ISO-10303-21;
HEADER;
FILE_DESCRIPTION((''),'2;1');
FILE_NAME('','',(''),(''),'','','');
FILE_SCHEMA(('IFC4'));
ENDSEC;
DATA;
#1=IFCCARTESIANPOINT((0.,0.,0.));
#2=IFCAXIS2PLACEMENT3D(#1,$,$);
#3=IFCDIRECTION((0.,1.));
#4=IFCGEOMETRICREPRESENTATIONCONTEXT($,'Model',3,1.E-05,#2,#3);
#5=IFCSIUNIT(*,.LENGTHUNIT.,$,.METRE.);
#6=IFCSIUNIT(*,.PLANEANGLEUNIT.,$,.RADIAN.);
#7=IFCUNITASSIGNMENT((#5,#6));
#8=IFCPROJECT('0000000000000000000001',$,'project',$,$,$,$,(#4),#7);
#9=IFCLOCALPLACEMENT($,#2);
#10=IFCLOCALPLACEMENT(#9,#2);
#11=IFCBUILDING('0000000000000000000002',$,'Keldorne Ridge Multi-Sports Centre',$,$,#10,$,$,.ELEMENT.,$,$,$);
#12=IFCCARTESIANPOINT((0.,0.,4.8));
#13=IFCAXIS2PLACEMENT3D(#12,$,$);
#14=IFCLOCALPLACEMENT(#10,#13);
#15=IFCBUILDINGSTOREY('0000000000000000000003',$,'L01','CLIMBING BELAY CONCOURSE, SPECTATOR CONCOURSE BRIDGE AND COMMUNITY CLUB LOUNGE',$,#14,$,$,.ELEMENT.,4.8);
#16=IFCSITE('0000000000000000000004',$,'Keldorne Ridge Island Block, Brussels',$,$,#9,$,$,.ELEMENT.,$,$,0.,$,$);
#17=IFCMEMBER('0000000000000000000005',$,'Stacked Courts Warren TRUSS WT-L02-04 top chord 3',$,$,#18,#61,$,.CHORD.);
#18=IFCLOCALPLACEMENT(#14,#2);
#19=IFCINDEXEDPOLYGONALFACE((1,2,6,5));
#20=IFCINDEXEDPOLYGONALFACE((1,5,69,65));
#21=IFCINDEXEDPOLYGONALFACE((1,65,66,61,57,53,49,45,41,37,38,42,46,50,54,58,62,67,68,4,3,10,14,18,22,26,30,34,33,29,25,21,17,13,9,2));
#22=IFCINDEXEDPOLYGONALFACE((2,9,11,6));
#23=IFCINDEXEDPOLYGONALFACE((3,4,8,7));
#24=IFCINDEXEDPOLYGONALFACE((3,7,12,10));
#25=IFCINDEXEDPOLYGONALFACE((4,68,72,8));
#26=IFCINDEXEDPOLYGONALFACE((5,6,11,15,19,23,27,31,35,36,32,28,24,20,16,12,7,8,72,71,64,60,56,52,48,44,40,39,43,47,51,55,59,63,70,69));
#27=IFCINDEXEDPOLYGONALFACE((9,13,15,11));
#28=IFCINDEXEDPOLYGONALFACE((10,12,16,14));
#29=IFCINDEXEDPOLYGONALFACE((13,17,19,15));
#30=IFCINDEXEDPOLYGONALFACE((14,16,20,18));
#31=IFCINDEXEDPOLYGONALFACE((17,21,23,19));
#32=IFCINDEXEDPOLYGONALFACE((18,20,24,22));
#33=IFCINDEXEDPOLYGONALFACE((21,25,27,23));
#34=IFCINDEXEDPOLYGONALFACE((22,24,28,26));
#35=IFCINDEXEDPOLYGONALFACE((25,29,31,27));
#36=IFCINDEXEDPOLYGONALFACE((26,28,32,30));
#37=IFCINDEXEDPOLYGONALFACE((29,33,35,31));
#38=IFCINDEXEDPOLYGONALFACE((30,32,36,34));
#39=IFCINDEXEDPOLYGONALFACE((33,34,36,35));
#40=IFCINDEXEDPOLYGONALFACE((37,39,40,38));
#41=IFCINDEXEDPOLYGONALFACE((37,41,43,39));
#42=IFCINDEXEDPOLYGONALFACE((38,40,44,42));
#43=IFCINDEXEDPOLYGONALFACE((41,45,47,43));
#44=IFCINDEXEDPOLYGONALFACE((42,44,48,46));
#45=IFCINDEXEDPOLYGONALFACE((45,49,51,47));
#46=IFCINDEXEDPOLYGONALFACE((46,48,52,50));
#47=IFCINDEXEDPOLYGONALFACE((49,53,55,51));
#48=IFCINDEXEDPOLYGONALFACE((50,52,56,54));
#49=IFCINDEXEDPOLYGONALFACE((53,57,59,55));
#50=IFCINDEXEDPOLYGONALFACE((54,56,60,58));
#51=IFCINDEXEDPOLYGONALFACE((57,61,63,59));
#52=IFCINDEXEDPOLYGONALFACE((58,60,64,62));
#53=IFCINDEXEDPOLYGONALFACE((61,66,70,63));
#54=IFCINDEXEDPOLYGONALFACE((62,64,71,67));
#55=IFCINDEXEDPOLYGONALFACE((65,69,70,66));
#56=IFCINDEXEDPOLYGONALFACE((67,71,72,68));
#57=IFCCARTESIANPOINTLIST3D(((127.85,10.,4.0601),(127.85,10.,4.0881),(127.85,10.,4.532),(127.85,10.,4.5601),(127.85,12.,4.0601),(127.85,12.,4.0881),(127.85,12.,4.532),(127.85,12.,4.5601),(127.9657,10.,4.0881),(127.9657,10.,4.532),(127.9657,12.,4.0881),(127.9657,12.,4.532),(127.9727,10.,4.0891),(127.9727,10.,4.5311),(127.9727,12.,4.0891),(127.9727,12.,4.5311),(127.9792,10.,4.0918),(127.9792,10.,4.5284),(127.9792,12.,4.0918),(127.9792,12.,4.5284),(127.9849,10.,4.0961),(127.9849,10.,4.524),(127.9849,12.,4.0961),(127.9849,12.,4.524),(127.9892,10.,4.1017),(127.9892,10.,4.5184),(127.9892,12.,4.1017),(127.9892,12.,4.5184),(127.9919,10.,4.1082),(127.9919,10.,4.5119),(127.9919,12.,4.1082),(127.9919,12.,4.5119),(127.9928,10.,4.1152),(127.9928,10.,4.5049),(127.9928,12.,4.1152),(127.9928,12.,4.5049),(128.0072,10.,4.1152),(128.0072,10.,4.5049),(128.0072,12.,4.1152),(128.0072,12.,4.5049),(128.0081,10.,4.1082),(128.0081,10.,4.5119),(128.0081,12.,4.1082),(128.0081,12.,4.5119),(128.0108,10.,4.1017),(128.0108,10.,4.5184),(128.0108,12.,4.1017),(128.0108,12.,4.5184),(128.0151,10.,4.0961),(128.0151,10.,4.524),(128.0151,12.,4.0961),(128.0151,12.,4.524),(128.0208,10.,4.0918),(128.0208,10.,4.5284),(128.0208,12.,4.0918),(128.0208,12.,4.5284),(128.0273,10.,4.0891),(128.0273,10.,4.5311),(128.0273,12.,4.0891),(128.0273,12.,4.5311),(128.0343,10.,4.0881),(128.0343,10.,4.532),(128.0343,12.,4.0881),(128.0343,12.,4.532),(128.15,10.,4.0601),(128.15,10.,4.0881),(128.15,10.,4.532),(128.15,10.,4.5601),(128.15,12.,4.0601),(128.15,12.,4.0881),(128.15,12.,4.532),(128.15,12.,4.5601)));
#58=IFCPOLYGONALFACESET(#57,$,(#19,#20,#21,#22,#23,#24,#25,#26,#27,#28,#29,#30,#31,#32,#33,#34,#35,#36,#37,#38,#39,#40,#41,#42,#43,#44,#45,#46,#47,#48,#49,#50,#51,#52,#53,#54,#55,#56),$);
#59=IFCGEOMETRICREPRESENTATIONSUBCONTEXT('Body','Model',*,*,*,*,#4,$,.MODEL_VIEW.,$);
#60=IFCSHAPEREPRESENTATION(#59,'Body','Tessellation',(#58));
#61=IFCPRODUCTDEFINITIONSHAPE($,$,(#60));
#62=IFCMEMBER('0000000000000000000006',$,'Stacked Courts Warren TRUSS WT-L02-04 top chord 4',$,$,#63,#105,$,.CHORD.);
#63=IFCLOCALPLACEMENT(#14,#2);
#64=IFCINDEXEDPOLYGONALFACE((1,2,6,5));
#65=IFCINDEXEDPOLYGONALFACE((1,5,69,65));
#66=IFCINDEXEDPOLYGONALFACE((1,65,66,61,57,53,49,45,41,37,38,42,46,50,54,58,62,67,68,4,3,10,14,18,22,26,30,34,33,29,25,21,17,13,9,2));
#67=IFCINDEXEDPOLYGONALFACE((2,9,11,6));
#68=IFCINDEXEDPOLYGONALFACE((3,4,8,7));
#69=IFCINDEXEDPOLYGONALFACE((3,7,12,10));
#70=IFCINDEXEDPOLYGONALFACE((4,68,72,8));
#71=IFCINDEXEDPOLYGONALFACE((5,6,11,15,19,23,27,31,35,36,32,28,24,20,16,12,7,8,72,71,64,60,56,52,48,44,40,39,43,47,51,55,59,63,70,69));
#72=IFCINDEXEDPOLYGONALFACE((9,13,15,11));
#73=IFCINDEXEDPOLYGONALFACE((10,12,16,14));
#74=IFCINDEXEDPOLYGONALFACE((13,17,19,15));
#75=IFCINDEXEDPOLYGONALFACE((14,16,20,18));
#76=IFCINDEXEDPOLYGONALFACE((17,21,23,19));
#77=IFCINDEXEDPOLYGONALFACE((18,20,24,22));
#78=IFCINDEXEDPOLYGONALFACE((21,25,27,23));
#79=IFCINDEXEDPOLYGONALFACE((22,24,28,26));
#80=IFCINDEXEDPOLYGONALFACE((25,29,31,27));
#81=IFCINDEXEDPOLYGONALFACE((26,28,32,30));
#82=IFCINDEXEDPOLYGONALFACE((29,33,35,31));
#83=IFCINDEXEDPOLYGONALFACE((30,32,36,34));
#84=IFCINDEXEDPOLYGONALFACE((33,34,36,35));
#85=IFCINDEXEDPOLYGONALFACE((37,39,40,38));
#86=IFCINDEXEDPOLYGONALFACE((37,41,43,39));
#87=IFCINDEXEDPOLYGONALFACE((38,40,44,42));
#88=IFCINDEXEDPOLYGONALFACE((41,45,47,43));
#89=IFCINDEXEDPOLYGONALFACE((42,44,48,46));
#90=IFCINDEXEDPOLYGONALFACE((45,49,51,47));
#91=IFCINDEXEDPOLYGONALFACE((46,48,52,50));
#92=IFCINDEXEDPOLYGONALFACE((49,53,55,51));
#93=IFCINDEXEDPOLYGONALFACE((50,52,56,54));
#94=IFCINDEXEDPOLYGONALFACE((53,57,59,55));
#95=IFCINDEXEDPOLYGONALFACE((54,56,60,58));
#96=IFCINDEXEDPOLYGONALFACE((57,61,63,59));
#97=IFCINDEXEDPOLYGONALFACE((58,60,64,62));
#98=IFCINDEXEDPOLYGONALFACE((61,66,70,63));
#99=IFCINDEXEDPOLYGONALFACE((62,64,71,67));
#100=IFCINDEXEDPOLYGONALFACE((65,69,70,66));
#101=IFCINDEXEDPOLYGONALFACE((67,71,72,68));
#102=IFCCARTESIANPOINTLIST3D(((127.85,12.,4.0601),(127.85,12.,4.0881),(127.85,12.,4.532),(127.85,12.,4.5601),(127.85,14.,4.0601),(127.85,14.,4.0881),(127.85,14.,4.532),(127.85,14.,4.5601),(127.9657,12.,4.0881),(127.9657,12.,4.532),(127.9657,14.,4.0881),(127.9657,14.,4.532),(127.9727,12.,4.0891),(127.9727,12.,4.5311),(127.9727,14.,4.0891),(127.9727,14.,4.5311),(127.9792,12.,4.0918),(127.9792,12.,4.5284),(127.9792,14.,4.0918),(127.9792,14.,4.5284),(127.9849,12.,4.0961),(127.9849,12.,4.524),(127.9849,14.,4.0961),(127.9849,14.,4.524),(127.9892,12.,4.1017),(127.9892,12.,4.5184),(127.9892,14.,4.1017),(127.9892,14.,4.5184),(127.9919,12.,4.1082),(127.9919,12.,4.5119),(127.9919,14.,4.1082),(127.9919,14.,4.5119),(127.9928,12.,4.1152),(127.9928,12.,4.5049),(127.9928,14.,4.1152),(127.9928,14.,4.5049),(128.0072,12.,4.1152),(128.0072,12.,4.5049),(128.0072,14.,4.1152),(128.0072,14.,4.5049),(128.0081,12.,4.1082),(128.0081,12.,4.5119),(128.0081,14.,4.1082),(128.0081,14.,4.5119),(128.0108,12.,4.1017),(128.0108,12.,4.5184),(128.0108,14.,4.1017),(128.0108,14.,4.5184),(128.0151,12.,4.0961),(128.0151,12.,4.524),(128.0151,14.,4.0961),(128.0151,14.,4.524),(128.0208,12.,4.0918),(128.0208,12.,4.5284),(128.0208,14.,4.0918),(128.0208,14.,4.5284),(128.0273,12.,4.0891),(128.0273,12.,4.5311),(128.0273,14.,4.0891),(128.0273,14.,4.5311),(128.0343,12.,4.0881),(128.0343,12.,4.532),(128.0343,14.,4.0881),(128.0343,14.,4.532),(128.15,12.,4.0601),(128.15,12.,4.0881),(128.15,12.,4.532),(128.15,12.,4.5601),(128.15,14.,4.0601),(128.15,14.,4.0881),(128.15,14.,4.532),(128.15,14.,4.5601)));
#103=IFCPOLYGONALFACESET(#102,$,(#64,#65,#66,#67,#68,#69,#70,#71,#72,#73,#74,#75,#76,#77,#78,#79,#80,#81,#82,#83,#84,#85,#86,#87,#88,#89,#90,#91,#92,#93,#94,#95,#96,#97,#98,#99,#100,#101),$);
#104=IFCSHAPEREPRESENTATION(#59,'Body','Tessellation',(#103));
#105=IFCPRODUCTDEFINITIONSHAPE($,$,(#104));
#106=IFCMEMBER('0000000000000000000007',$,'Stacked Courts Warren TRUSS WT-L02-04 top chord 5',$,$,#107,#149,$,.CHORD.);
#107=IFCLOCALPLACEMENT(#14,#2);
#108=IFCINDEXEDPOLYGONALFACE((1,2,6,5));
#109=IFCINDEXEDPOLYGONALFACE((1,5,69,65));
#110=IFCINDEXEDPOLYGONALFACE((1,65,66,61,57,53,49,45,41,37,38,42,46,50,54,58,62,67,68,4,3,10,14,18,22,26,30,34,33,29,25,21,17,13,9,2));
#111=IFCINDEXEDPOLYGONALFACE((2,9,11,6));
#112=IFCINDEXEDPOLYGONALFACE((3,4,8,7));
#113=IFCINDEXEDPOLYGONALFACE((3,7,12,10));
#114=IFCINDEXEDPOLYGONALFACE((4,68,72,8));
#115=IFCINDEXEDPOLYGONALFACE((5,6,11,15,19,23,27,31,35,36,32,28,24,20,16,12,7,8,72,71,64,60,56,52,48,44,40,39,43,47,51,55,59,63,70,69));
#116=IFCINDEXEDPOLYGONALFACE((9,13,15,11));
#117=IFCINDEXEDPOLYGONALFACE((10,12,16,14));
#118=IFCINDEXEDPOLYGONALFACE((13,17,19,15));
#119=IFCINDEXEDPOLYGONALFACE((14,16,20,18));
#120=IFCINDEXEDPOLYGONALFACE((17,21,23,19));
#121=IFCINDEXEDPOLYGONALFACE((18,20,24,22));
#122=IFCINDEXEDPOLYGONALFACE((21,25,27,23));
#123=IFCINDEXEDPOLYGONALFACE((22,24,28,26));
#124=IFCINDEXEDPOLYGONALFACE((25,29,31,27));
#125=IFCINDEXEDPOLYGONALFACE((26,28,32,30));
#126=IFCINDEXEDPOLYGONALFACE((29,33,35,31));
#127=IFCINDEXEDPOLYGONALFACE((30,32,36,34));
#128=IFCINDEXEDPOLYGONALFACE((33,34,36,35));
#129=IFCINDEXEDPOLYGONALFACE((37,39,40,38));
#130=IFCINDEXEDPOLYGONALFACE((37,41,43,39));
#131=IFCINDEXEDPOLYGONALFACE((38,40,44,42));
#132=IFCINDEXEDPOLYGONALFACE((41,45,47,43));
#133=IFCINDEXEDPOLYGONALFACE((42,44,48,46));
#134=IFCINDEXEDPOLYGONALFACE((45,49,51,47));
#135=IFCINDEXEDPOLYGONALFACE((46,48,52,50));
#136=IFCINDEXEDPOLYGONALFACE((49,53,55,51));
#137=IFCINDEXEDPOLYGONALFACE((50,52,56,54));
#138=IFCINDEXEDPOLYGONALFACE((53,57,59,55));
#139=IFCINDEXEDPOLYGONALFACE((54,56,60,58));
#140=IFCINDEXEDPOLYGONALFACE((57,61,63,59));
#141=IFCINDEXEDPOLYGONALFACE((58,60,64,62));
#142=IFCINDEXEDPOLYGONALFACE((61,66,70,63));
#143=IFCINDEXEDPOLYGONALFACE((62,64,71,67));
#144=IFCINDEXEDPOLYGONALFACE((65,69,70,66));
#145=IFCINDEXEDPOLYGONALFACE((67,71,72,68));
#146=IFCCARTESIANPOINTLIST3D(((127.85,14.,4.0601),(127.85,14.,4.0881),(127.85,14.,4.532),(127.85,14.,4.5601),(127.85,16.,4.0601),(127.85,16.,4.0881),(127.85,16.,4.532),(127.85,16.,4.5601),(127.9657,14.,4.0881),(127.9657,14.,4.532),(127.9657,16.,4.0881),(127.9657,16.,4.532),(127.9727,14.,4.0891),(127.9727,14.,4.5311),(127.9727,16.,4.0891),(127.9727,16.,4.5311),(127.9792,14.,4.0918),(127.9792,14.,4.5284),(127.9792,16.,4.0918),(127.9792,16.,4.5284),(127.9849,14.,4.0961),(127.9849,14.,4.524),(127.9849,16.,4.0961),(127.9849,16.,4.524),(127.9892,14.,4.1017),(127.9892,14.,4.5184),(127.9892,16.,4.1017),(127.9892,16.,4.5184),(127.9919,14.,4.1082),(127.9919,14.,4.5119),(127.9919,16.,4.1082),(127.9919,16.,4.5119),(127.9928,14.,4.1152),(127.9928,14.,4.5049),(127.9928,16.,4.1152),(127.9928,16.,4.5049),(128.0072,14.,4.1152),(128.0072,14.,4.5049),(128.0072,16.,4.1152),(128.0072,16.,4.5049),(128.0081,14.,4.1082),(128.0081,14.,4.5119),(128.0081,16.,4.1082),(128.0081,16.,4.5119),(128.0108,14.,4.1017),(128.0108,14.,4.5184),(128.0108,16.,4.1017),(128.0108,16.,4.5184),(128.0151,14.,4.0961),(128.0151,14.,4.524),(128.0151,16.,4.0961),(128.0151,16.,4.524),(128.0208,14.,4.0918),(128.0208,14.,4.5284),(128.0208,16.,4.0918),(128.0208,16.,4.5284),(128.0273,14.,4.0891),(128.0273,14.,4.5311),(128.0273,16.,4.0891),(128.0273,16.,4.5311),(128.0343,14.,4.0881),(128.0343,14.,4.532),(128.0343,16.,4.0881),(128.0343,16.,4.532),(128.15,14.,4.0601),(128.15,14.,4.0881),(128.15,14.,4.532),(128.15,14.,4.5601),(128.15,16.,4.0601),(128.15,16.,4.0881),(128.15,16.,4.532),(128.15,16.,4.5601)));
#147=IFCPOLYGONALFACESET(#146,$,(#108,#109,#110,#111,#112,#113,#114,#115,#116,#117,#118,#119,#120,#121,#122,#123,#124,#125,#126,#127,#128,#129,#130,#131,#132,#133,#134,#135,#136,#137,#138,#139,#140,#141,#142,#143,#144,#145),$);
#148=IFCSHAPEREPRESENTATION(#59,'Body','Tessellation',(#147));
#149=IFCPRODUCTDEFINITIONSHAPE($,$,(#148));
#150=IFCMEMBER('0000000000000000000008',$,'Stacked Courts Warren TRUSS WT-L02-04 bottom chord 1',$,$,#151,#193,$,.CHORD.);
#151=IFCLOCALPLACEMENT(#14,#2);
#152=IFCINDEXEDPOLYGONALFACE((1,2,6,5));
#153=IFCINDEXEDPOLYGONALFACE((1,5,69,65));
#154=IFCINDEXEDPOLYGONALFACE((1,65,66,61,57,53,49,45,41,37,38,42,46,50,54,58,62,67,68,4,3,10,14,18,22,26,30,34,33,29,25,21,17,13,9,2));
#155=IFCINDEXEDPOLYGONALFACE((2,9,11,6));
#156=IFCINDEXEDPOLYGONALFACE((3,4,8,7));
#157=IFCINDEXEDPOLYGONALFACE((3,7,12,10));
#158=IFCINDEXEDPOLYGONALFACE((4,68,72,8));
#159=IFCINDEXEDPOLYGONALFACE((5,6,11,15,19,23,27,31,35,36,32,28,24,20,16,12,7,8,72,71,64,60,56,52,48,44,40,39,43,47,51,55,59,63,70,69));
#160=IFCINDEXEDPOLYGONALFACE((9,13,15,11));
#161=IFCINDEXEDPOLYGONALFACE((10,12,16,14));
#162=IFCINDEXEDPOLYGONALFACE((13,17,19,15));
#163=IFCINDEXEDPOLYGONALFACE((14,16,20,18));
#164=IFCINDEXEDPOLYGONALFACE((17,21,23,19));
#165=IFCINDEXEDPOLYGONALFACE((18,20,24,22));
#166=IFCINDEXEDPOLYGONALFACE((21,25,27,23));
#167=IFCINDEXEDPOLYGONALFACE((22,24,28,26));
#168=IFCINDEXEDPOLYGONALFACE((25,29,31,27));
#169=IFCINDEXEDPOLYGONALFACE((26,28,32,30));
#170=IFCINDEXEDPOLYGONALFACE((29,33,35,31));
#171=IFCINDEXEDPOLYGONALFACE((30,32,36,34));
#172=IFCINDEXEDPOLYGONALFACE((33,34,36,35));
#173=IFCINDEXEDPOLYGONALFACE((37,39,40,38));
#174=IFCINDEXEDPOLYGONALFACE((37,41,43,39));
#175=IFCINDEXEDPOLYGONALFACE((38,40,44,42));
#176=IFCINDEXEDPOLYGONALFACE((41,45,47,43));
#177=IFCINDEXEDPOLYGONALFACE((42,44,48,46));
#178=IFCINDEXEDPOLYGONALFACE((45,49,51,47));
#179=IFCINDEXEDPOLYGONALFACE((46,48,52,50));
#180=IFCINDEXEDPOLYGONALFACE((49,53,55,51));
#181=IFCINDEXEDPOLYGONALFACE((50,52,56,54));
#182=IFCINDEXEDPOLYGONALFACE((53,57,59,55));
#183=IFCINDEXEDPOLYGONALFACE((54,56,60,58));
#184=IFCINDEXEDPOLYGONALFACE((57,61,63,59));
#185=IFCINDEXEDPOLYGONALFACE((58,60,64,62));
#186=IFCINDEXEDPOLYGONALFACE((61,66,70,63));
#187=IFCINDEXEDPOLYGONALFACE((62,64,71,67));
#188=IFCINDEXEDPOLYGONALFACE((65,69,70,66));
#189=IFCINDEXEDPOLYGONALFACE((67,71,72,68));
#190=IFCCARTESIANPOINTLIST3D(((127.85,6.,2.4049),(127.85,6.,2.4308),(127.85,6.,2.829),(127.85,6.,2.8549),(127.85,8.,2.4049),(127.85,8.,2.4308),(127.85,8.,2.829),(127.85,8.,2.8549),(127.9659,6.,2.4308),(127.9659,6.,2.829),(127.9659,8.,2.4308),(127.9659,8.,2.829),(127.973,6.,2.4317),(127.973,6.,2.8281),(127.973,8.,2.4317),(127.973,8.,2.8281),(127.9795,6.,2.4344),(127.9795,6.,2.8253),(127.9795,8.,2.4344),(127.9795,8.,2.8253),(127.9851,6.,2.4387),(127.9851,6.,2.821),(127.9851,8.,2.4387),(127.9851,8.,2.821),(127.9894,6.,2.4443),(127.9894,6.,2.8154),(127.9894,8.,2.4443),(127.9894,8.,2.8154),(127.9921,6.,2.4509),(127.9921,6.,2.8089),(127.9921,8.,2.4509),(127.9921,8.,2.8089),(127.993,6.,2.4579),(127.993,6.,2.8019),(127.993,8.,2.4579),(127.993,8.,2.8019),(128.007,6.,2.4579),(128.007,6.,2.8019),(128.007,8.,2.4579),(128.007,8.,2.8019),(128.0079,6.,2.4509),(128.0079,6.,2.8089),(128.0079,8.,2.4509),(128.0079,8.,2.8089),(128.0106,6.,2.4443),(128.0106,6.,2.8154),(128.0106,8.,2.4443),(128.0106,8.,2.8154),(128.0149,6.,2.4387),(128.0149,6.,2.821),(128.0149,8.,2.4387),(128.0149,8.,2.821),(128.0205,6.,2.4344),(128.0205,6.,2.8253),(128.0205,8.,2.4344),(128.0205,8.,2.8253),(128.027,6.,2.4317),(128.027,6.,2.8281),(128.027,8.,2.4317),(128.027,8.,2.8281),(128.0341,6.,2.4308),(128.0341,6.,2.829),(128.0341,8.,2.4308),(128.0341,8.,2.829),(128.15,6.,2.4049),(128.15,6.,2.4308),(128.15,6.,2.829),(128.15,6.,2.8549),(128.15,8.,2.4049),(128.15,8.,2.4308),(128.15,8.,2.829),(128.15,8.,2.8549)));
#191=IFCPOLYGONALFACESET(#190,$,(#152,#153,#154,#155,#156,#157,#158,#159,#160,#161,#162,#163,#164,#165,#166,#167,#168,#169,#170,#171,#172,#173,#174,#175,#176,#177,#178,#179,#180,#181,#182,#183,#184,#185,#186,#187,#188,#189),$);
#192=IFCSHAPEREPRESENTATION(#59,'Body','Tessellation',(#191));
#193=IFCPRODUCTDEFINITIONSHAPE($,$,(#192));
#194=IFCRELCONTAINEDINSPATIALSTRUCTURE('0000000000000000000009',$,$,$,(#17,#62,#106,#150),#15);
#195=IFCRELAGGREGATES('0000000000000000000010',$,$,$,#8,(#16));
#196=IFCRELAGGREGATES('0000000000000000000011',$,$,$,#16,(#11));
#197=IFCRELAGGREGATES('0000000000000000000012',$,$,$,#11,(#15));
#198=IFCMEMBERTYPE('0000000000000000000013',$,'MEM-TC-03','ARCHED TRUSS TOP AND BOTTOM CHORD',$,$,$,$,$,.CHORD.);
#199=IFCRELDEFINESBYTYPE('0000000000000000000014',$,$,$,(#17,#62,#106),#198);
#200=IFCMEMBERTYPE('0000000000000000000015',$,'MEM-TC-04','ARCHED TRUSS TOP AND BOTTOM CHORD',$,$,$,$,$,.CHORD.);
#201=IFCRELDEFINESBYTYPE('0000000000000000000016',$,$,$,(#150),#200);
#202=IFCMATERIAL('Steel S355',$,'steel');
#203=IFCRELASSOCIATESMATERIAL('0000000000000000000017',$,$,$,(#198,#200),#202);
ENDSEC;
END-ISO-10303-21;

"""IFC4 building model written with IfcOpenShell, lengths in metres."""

from ifc_helpers import new_model, si_unit, direction, frame, origin, origin_2d, place, context, subcontext, project, spatial, i_section, extrude, material, material_profile, profile_set, type_object, element, save


model = new_model("IFC4")

# Units and contexts
model_context = context("Model", 3, precision=1e-05, world=origin(), true_north=direction((0.0, 1.0)))
body_context = subcontext(model_context, "Body", "Model", "MODEL_VIEW")
ifc_project = project(units=[si_unit("LENGTHUNIT", "METRE"), si_unit("PLANEANGLEUNIT", "RADIAN")], contexts=[model_context])

# Site, building, storey
site_placement = place(None, origin())
site = spatial("IfcSite", under=ifc_project, at=site_placement, Name="Keldorne Ridge Island Block, Brussels", CompositionType="ELEMENT", RefElevation=0.0)
building_placement = place(site_placement, origin())
building = spatial("IfcBuilding", under=site, at=building_placement, Name="Keldorne Ridge Multi-Sports Centre", CompositionType="ELEMENT")
storey_placement = place(building_placement, frame((0.0, 0.0, 4.8)))
storey = spatial("IfcBuildingStorey", under=building, at=storey_placement, Name="L01", Description="CLIMBING BELAY CONCOURSE, SPECTATOR CONCOURSE BRIDGE AND COMMUNITY CLUB LOUNGE", CompositionType="ELEMENT", Elevation=4.8)

# Shared definitions
ifc_material_1 = material(Name="Steel S355", Category="steel")

# Members
ifc_material_profile_1 = material_profile(ifc_material_1, i_section(OverallWidth=0.3, OverallDepth=0.5, WebThickness=0.0144, FlangeThickness=0.0281, FilletRadius=0.0271, at=origin_2d()), Name="HEB 500")
ifc_profile_set_1 = profile_set([ifc_material_profile_1], Name="Steel S355")
member_type_1 = type_object("IfcMemberType", Name="MEM-TC-03", Description="ARCHED TRUSS TOP AND BOTTOM CHORD", PredefinedType="CHORD", material=ifc_profile_set_1)
for number, where, z_axis, x_axis, name in (
    (1, (128.0, 10.0, 4.3101), (0.0, 1.0, 0.0), (-1.0, 0.0, 0.0), "Stacked Courts Warren TRUSS WT-L02-04 top chord 3"),
    (2, (128.0, 12.0, 4.3101), (0.0, 1.0, 0.0), (-1.0, 0.0, 0.0), "Stacked Courts Warren TRUSS WT-L02-04 top chord 4"),
    (3, (128.0, 14.0, 4.3101), (0.0, 1.0, 0.0), (-1.0, 0.0, 0.0), "Stacked Courts Warren TRUSS WT-L02-04 top chord 5"),
):
    element("IfcMember", number, at=place(storey_placement, frame(where, z_axis=z_axis, x_axis=x_axis)), inside=storey, type_object=member_type_1, Name=name, PredefinedType="CHORD", context=body_context, shape_type="SweptSolid", body=[
        extrude(i_section(OverallWidth=0.3, OverallDepth=0.5, WebThickness=0.0144, FlangeThickness=0.0281, FilletRadius=0.0271, at=origin_2d()), origin(), (0.0, 0.0, 1.0), 2.0),
    ])
ifc_material_profile_2 = material_profile(ifc_material_1, i_section(OverallWidth=0.3, OverallDepth=0.45, WebThickness=0.0139, FlangeThickness=0.0259, FilletRadius=0.0271, at=origin_2d()), Name="HEB 450")
ifc_profile_set_2 = profile_set([ifc_material_profile_2], Name="Steel S355")
member_type_2 = type_object("IfcMemberType", Name="MEM-TC-04", Description="ARCHED TRUSS TOP AND BOTTOM CHORD", PredefinedType="CHORD", material=ifc_profile_set_2)
for number, where, z_axis, x_axis, name in (
    (4, (128.0, 6.0, 2.6299), (0.0, 1.0, 0.0), (-1.0, 0.0, 0.0), "Stacked Courts Warren TRUSS WT-L02-04 bottom chord 1"),
):
    element("IfcMember", number, at=place(storey_placement, frame(where, z_axis=z_axis, x_axis=x_axis)), inside=storey, type_object=member_type_2, Name=name, PredefinedType="CHORD", context=body_context, shape_type="SweptSolid", body=[
        extrude(i_section(OverallWidth=0.3, OverallDepth=0.45, WebThickness=0.0139, FlangeThickness=0.0259, FilletRadius=0.0271, at=origin_2d()), origin(), (0.0, 0.0, 1.0), 2.0),
    ])

save(model, "model.ifc")
